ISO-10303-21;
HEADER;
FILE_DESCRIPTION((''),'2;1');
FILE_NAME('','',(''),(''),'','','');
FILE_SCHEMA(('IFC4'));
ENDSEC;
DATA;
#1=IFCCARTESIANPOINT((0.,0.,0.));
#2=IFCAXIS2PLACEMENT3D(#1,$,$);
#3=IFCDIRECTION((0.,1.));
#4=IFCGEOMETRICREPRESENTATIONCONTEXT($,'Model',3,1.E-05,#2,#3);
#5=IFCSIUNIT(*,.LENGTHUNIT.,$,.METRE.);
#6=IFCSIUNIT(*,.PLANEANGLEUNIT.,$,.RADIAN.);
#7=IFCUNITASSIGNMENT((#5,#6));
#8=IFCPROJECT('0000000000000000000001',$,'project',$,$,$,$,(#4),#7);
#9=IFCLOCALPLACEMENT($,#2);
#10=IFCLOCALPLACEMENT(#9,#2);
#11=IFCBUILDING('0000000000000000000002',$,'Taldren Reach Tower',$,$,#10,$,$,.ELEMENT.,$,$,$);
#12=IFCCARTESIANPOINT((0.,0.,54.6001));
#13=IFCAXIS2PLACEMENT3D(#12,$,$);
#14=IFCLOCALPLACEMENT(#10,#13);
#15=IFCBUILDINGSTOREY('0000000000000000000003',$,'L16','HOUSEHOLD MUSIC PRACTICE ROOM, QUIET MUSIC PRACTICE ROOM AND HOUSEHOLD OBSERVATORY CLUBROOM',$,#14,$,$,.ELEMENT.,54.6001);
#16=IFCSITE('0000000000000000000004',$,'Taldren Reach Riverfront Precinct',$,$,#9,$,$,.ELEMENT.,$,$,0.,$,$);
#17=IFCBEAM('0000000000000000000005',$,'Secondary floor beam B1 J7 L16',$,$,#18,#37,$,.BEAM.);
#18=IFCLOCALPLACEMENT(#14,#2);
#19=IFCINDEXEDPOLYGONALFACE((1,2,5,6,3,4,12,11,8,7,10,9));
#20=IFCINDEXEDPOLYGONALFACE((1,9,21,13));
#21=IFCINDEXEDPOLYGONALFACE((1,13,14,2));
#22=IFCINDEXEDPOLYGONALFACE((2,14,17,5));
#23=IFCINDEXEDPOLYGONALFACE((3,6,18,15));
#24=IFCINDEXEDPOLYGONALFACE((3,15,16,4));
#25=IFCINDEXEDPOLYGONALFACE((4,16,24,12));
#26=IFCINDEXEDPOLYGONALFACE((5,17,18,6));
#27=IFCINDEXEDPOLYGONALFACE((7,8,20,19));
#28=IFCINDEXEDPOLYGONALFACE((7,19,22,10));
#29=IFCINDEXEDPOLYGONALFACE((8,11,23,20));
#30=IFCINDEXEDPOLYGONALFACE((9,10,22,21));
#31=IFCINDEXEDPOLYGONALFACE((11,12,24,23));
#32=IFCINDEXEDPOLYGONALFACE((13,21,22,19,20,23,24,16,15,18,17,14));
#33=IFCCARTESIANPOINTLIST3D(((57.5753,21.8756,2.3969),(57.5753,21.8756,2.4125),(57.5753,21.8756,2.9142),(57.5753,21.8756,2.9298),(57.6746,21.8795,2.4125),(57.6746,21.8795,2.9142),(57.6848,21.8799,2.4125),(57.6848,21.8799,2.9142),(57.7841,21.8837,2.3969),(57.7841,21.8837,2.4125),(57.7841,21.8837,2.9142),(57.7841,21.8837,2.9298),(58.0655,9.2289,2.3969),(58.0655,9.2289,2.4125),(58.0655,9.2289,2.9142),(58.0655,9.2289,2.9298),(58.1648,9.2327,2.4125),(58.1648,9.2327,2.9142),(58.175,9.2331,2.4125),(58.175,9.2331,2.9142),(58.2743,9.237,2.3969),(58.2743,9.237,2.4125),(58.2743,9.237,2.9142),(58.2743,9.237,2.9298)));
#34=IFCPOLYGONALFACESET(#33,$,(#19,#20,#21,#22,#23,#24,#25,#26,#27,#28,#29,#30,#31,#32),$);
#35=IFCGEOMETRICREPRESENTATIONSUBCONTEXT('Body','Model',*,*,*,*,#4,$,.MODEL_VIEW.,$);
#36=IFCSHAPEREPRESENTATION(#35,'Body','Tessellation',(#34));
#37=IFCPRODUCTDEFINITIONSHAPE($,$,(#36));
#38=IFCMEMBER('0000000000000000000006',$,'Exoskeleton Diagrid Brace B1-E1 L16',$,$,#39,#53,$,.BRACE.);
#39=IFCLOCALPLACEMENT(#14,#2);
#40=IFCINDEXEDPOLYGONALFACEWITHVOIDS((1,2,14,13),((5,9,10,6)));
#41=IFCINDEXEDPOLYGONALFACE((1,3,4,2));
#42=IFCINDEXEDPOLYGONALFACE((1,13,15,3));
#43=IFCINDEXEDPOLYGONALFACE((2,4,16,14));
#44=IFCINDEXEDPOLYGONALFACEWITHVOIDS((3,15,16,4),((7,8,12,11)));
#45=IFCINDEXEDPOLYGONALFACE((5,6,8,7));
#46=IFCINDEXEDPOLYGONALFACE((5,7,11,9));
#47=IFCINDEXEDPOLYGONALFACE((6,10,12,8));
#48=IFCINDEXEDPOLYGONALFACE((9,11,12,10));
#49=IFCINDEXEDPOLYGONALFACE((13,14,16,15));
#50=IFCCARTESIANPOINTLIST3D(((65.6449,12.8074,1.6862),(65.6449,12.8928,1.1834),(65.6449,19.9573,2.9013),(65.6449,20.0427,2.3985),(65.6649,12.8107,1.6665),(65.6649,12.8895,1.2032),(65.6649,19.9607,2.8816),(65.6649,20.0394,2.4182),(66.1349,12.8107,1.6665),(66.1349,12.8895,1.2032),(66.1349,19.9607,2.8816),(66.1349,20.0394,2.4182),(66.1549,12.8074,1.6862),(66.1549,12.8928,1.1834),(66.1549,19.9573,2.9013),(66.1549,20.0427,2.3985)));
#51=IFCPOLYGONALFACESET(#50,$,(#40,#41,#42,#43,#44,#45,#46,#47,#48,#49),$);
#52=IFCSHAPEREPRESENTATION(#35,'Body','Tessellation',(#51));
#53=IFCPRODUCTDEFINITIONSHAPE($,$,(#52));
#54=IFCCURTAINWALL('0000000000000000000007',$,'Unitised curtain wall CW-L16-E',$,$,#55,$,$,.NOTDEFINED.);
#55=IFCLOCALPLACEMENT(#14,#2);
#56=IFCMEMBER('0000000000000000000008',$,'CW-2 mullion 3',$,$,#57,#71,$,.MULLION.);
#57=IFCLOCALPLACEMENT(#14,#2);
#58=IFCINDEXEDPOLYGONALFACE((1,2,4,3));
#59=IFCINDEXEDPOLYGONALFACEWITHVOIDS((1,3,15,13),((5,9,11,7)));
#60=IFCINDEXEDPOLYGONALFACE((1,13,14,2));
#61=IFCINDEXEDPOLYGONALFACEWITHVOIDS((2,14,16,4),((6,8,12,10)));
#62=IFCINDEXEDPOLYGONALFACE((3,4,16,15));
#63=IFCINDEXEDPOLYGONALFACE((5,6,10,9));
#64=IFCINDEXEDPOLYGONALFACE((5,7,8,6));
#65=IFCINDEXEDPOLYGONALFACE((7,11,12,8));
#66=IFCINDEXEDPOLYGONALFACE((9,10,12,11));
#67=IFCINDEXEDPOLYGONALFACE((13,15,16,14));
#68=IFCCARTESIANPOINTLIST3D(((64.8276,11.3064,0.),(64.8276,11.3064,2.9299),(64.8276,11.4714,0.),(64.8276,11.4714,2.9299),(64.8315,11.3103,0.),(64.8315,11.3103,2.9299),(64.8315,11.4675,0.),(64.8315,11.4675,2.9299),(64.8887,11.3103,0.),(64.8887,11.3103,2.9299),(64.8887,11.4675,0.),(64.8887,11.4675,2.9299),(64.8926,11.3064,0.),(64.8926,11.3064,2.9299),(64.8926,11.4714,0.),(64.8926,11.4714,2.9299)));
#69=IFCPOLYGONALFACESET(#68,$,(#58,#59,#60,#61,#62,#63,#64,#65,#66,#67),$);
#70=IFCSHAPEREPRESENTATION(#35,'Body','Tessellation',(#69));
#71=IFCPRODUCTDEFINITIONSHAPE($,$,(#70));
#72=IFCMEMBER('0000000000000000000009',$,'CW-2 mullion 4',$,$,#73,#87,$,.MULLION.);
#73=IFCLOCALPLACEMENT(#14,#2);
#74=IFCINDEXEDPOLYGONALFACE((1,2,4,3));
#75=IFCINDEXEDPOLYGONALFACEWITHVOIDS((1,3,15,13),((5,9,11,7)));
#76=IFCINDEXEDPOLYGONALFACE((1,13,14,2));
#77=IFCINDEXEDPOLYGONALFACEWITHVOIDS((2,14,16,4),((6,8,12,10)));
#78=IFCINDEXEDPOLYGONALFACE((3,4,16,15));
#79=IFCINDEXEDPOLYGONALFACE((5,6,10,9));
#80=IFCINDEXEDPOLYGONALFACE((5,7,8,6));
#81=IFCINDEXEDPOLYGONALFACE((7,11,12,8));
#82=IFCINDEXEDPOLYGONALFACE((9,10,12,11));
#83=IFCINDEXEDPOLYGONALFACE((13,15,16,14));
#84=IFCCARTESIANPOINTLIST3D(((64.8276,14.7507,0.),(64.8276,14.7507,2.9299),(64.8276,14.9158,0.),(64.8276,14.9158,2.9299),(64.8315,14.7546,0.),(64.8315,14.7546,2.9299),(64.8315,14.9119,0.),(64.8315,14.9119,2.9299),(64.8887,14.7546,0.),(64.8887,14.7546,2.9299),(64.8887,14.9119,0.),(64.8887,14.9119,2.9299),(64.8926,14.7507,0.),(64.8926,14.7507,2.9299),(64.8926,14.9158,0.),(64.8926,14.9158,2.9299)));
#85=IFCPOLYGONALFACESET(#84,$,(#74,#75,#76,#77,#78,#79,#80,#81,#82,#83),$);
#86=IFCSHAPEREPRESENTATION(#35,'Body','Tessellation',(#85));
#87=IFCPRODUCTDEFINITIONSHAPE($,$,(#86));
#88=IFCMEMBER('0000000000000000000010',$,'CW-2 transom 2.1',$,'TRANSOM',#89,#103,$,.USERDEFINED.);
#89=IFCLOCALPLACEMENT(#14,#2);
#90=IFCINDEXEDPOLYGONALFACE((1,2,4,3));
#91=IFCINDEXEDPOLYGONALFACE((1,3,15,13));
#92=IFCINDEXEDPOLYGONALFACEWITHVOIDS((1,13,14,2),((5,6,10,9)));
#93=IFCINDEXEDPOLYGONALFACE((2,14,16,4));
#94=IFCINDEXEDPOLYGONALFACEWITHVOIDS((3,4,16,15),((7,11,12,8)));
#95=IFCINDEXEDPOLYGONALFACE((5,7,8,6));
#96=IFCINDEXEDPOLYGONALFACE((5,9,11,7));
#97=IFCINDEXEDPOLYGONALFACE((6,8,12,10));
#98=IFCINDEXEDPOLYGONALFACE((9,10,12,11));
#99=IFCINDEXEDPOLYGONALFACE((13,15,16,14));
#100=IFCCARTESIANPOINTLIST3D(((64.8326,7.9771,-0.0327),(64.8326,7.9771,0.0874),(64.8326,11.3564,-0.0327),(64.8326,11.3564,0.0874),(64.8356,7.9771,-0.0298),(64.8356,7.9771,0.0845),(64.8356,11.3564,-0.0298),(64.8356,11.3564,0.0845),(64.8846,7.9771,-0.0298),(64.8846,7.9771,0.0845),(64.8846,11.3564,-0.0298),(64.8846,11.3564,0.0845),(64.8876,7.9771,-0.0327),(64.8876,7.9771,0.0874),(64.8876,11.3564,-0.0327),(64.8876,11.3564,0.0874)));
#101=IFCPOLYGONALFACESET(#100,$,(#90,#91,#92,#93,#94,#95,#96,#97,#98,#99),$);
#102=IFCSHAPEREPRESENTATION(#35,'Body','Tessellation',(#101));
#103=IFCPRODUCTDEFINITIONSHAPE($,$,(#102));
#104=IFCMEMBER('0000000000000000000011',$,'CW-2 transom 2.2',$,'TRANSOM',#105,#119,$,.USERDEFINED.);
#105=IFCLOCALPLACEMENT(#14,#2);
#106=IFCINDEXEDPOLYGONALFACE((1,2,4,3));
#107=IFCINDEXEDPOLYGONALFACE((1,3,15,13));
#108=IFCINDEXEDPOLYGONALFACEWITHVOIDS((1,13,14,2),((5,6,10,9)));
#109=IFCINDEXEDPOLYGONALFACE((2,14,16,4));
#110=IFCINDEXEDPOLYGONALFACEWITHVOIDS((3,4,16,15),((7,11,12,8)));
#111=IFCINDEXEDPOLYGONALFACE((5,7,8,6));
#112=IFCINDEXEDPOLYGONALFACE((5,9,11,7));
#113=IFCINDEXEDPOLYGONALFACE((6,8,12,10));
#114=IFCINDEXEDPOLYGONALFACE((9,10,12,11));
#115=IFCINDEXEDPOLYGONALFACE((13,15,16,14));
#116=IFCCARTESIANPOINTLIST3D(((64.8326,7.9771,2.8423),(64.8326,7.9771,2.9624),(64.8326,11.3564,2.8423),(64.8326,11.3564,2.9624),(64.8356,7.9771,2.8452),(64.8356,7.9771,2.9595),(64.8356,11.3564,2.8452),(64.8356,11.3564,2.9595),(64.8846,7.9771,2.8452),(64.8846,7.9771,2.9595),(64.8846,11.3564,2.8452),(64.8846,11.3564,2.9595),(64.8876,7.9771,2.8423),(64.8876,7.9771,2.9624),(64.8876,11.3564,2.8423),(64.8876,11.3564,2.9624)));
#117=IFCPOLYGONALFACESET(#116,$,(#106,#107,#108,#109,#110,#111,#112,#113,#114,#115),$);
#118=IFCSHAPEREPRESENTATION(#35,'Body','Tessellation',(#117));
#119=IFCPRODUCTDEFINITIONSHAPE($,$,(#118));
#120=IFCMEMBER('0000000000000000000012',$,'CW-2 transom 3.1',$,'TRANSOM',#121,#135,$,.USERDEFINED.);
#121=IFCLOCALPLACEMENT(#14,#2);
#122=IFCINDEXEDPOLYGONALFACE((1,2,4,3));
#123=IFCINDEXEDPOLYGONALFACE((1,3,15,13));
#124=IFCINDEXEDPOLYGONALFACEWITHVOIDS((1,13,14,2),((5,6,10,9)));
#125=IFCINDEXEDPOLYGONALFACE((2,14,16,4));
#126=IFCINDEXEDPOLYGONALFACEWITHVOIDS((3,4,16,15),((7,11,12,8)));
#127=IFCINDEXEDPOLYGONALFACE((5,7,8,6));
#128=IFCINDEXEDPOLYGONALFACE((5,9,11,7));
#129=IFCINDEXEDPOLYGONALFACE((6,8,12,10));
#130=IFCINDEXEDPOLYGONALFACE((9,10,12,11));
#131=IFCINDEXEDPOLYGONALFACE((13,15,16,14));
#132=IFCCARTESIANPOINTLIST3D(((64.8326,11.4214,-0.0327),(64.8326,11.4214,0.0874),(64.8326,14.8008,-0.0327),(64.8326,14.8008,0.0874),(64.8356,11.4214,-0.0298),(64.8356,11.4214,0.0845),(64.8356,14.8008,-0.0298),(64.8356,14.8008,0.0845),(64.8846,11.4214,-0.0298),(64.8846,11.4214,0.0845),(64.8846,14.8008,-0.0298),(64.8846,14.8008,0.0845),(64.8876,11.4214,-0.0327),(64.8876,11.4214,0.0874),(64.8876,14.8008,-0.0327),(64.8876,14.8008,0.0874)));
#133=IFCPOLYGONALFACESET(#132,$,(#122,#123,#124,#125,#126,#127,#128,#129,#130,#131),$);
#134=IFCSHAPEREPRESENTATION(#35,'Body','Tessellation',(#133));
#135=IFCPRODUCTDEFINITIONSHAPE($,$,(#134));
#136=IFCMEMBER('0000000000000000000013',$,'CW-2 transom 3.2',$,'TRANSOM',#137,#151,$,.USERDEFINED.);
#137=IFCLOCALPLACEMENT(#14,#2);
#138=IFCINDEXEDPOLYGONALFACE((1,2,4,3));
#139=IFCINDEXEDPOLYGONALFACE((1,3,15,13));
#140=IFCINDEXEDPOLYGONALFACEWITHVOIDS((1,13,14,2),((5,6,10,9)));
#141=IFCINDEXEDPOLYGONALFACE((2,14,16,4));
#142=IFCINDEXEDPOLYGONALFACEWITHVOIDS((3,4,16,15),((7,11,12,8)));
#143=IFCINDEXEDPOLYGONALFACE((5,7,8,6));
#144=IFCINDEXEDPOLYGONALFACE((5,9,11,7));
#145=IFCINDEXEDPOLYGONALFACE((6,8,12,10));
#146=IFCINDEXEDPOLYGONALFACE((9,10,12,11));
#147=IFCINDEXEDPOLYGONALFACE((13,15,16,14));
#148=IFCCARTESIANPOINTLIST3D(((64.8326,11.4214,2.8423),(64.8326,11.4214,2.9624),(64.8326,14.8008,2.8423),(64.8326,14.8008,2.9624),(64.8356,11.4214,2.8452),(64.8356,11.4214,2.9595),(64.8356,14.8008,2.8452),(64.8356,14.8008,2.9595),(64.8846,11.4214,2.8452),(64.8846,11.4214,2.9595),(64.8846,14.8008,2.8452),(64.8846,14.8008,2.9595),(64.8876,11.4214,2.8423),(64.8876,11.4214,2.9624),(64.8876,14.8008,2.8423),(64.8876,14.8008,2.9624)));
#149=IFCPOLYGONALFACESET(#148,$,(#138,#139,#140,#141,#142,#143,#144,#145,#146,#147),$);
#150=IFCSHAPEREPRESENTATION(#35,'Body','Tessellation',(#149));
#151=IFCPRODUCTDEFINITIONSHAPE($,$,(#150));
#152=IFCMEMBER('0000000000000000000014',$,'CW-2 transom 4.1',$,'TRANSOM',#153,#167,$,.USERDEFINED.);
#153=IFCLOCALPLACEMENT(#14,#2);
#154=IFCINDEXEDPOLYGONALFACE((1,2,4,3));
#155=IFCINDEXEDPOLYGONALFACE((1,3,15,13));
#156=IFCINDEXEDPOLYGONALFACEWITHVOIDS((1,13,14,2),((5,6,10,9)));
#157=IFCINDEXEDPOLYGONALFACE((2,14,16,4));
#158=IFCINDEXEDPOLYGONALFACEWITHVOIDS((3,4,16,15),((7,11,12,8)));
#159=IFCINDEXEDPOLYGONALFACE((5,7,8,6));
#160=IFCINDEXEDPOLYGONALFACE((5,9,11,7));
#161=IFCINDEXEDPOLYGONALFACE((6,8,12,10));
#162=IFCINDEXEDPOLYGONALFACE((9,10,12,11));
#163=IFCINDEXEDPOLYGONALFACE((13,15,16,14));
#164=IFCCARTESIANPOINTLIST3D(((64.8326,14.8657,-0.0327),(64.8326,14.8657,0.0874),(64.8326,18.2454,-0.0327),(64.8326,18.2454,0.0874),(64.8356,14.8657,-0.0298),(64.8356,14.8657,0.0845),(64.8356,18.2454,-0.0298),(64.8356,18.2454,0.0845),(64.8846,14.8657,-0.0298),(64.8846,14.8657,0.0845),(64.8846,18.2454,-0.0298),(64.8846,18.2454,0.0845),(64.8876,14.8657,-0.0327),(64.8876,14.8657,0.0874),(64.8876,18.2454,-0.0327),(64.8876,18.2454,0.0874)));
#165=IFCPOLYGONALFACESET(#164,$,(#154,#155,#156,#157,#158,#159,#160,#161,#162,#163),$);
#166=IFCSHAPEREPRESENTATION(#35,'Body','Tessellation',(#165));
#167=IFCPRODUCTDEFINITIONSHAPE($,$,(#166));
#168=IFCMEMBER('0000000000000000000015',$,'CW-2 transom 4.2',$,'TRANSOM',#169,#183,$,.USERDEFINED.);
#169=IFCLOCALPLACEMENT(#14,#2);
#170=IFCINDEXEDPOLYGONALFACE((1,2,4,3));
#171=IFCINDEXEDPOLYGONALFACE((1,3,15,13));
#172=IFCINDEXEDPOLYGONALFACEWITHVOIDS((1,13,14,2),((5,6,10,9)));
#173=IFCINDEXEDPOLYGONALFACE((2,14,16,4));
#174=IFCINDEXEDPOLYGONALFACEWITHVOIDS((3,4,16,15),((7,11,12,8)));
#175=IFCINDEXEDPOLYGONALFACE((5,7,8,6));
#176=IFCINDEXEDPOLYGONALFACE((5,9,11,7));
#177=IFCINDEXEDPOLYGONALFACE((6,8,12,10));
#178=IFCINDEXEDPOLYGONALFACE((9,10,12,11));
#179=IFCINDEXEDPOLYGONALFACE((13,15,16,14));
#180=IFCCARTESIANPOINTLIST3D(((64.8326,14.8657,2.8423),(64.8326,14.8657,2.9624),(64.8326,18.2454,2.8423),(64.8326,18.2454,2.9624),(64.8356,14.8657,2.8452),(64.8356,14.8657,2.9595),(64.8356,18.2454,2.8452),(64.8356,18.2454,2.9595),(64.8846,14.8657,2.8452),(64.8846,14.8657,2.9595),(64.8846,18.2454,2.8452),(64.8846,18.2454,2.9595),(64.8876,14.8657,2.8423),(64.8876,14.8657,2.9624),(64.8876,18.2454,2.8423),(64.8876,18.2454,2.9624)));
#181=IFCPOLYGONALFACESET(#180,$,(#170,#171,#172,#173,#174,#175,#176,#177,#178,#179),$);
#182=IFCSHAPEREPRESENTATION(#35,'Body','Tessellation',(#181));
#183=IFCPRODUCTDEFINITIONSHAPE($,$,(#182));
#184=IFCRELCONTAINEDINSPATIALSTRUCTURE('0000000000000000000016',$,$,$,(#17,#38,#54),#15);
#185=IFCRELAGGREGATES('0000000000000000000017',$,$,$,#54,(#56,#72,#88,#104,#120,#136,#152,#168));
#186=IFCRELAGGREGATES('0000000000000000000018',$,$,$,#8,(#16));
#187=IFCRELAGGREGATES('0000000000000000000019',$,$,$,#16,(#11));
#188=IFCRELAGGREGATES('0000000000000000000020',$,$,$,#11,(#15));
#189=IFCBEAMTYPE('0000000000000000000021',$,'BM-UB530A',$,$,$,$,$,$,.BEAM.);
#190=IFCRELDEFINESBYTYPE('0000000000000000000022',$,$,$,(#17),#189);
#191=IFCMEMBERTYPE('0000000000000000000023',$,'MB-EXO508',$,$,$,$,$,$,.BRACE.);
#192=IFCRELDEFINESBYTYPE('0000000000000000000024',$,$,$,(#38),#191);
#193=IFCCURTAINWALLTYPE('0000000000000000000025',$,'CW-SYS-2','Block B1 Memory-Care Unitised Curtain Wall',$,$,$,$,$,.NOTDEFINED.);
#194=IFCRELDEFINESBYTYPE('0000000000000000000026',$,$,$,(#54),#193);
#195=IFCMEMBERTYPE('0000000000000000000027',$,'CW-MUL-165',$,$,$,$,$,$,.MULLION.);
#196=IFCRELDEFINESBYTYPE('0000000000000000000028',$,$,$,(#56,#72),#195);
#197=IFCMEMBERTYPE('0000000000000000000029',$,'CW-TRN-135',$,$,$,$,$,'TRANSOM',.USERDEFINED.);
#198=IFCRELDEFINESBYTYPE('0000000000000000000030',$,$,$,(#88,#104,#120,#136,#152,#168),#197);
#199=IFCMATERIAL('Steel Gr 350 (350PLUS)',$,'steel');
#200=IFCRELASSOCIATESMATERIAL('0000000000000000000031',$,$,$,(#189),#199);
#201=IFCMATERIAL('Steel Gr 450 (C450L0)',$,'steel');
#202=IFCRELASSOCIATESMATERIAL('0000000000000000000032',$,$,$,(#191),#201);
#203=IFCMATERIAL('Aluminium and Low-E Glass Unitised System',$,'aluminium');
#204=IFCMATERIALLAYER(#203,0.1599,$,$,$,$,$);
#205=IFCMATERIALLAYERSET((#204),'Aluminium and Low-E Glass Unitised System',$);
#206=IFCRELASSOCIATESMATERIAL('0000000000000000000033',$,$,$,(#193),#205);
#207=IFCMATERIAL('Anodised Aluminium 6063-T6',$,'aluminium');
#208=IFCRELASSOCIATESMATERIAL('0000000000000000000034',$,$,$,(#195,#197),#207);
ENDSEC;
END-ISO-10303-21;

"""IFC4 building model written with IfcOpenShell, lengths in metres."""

from ifc_helpers import new_model, si_unit, direction, frame, origin, origin_2d, place, context, subcontext, project, spatial, hollow_rectangle, i_section, extrude, source, transform, mapped, material, layer, layer_set, material_profile, profile_set, type_object, element, aggregate, save


model = new_model("IFC4")

# Units and contexts
model_context = context("Model", 3, precision=1e-05, world=origin(), true_north=direction((0.0, 1.0)))
body_context = subcontext(model_context, "Body", "Model", "MODEL_VIEW")
ifc_project = project(units=[si_unit("LENGTHUNIT", "METRE"), si_unit("PLANEANGLEUNIT", "RADIAN")], contexts=[model_context])

# Site, building, storey
site_placement = place(None, origin())
site = spatial("IfcSite", under=ifc_project, at=site_placement, Name="Taldren Reach Riverfront Precinct", CompositionType="ELEMENT", RefElevation=0.0)
building_placement = place(site_placement, origin())
building = spatial("IfcBuilding", under=site, at=building_placement, Name="Taldren Reach Tower", CompositionType="ELEMENT")
storey_placement = place(building_placement, frame((0.0, 0.0, 54.6001)))
storey = spatial("IfcBuildingStorey", under=building, at=storey_placement, Name="L16", Description="HOUSEHOLD MUSIC PRACTICE ROOM, QUIET MUSIC PRACTICE ROOM AND HOUSEHOLD OBSERVATORY CLUBROOM", CompositionType="ELEMENT", Elevation=54.6001)

# Beam
ifc_material_1 = material(Name="Steel Gr 350 (350PLUS)", Category="steel")
ifc_material_profile_1 = material_profile(ifc_material_1, i_section(OverallWidth=0.209, OverallDepth=0.533, WebThickness=0.0103, FlangeThickness=0.0156, at=origin_2d()), Name="530UB92.4")
ifc_profile_set_1 = profile_set([ifc_material_profile_1], Name="Steel Gr 350 (350PLUS)")
beam_type = type_object("IfcBeamType", Name="BM-UB530A", PredefinedType="BEAM", material=ifc_profile_set_1)
shared_shape_1 = source(origin(), body_context, "Body", "SweptSolid", [
    extrude(i_section(OverallWidth=0.209, OverallDepth=0.533, WebThickness=0.0103, FlangeThickness=0.0156, at=origin_2d()), origin(), (0.0, 0.0, 1.0), 12.6562),
])
beam_placement = place(storey_placement, frame((58.1699, 9.2329, 2.6633), z_axis=(-0.038735, 0.99925, 0.0), x_axis=(-0.99925, -0.038735, 0.0)))
element("IfcBeam", 1, at=beam_placement, inside=storey, type_object=beam_type, Name="Secondary floor beam B1 J7 L16", PredefinedType="BEAM", context=body_context, shape_type="MappedRepresentation", body=[
    mapped(shared_shape_1, transform((0.0, 0.0, 0.0), scale=1.0)),
])

# Member
ifc_material_2 = material(Name="Steel Gr 450 (C450L0)", Category="steel")
ifc_material_profile_2 = material_profile(ifc_material_2, hollow_rectangle(XDim=0.51, YDim=0.51, WallThickness=0.02, at=origin_2d()), Name="510x510x20.0SHS")
ifc_profile_set_2 = profile_set([ifc_material_profile_2], Name="Steel Gr 450 (C450L0)")
member_type_1 = type_object("IfcMemberType", Name="MB-EXO508", PredefinedType="BRACE", material=ifc_profile_set_2)
shared_shape_2 = source(origin(), body_context, "Body", "SweptSolid", [
    extrude(hollow_rectangle(XDim=0.51, YDim=0.51, WallThickness=0.02, at=origin_2d()), origin(), (0.0, 0.0, 1.0), 7.2524),
])
member_1_placement = place(storey_placement, frame((65.8999, 12.8501, 1.4348), z_axis=(0.0, 0.985865, 0.167542), x_axis=(-1.0, 0.0, 0.0)))
element("IfcMember", 2, at=member_1_placement, inside=storey, type_object=member_type_1, Name="Exoskeleton Diagrid Brace B1-E1 L16", PredefinedType="BRACE", context=body_context, shape_type="MappedRepresentation", body=[
    mapped(shared_shape_2, transform((0.0, 0.0, 0.0), scale=1.0)),
])

# Curtain wall, members
ifc_material_3 = material(Name="Aluminium and Low-E Glass Unitised System", Category="aluminium")
ifc_layer_1 = layer(ifc_material_3, 0.1599)
ifc_layer_set_1 = layer_set([ifc_layer_1], Name="Aluminium and Low-E Glass Unitised System")
curtain_wall_type = type_object("IfcCurtainWallType", Name="CW-SYS-2", Description="Block B1 Memory-Care Unitised Curtain Wall", PredefinedType="NOTDEFINED", material=ifc_layer_set_1)
curtain_wall_placement = place(storey_placement, origin())
curtain_wall = element("IfcCurtainWall", 3, at=curtain_wall_placement, inside=storey, type_object=curtain_wall_type, Name="Unitised curtain wall CW-L16-E", PredefinedType="NOTDEFINED")
ifc_material_4 = material(Name="Anodised Aluminium 6063-T6", Category="aluminium")
ifc_material_profile_3 = material_profile(ifc_material_4, hollow_rectangle(XDim=0.0649, YDim=0.165, WallThickness=0.0039, at=origin_2d()), Name="ALU-165x65x4RHS")
ifc_profile_set_3 = profile_set([ifc_material_profile_3], Name="Anodised Aluminium 6063-T6")
member_type_2 = type_object("IfcMemberType", Name="CW-MUL-165", PredefinedType="MULLION", material=ifc_profile_set_3)
shared_shape_3 = source(origin(), body_context, "Body", "SweptSolid", [
    extrude(hollow_rectangle(XDim=0.0649, YDim=0.165, WallThickness=0.0039, at=origin_2d()), origin(), (0.0, 0.0, 1.0), 2.9299),
])
member_2_placement = place(storey_placement, frame((64.8601, 11.3889, 0.0), z_axis=(0.0, 0.0, 1.0), x_axis=(-1.0, 0.0, 0.0)))
member_2 = element("IfcMember", 4, at=member_2_placement, type_object=member_type_2, Name="CW-2 mullion 3", PredefinedType="MULLION", context=body_context, shape_type="MappedRepresentation", body=[
    mapped(shared_shape_3, transform((0.0, 0.0, 0.0), scale=1.0)),
])
member_3_placement = place(storey_placement, frame((64.8601, 14.8333, 0.0), z_axis=(0.0, 0.0, 1.0), x_axis=(-1.0, 0.0, 0.0)))
member_3 = element("IfcMember", 5, at=member_3_placement, type_object=member_type_2, Name="CW-2 mullion 4", PredefinedType="MULLION", context=body_context, shape_type="MappedRepresentation", body=[
    mapped(shared_shape_3, transform((0.0, 0.0, 0.0), scale=1.0)),
])
ifc_material_profile_4 = material_profile(ifc_material_4, hollow_rectangle(XDim=0.0549, YDim=0.1201, WallThickness=0.0029, at=origin_2d()), Name="ALU-120x55x3RHS")
ifc_profile_set_4 = profile_set([ifc_material_profile_4], Name="Anodised Aluminium 6063-T6")
member_type_3 = type_object("IfcMemberType", Name="CW-TRN-135", ElementType="TRANSOM", PredefinedType="USERDEFINED", material=ifc_profile_set_4)
shared_shape_4 = source(origin(), body_context, "Body", "SweptSolid", [
    extrude(hollow_rectangle(XDim=0.0549, YDim=0.1201, WallThickness=0.0029, at=origin_2d()), origin(), (0.0, 0.0, 1.0), 3.3794),
])
member_4_placement = place(storey_placement, frame((64.8601, 7.9771, 0.0273), z_axis=(0.0, 1.0, 0.0), x_axis=(-1.0, 0.0, 0.0)))
member_4 = element("IfcMember", 6, at=member_4_placement, type_object=member_type_3, Name="CW-2 transom 2.1", ObjectType="TRANSOM", PredefinedType="USERDEFINED", context=body_context, shape_type="MappedRepresentation", body=[
    mapped(shared_shape_4, transform((0.0, 0.0, 0.0), scale=1.0)),
])
member_5_placement = place(storey_placement, frame((64.8601, 7.9771, 2.9023), z_axis=(0.0, 1.0, 0.0), x_axis=(-1.0, 0.0, 0.0)))
member_5 = element("IfcMember", 7, at=member_5_placement, type_object=member_type_3, Name="CW-2 transom 2.2", ObjectType="TRANSOM", PredefinedType="USERDEFINED", context=body_context, shape_type="MappedRepresentation", body=[
    mapped(shared_shape_4, transform((0.0, 0.0, 0.0), scale=1.0)),
])
member_6_placement = place(storey_placement, frame((64.8601, 11.4214, 0.0273), z_axis=(0.0, 1.0, 0.0), x_axis=(-1.0, 0.0, 0.0)))
member_6 = element("IfcMember", 8, at=member_6_placement, type_object=member_type_3, Name="CW-2 transom 3.1", ObjectType="TRANSOM", PredefinedType="USERDEFINED", context=body_context, shape_type="MappedRepresentation", body=[
    mapped(shared_shape_4, transform((0.0, 0.0, 0.0), scale=1.0)),
])
member_7_placement = place(storey_placement, frame((64.8601, 11.4214, 2.9023), z_axis=(0.0, 1.0, 0.0), x_axis=(-1.0, 0.0, 0.0)))
member_7 = element("IfcMember", 9, at=member_7_placement, type_object=member_type_3, Name="CW-2 transom 3.2", ObjectType="TRANSOM", PredefinedType="USERDEFINED", context=body_context, shape_type="MappedRepresentation", body=[
    mapped(shared_shape_4, transform((0.0, 0.0, 0.0), scale=1.0)),
])
shared_shape_5 = source(origin(), body_context, "Body", "SweptSolid", [
    extrude(hollow_rectangle(XDim=0.0549, YDim=0.1201, WallThickness=0.0029, at=origin_2d()), origin(), (0.0, 0.0, 1.0), 3.3796),
])
member_8_placement = place(storey_placement, frame((64.8601, 14.8657, 0.0273), z_axis=(0.0, 1.0, 0.0), x_axis=(-1.0, 0.0, 0.0)))
member_8 = element("IfcMember", 10, at=member_8_placement, type_object=member_type_3, Name="CW-2 transom 4.1", ObjectType="TRANSOM", PredefinedType="USERDEFINED", context=body_context, shape_type="MappedRepresentation", body=[
    mapped(shared_shape_5, transform((0.0, 0.0, 0.0), scale=1.0)),
])
member_9_placement = place(storey_placement, frame((64.8601, 14.8657, 2.9023), z_axis=(0.0, 1.0, 0.0), x_axis=(-1.0, 0.0, 0.0)))
member_9 = element("IfcMember", 11, at=member_9_placement, type_object=member_type_3, Name="CW-2 transom 4.2", ObjectType="TRANSOM", PredefinedType="USERDEFINED", context=body_context, shape_type="MappedRepresentation", body=[
    mapped(shared_shape_5, transform((0.0, 0.0, 0.0), scale=1.0)),
])
aggregate(curtain_wall, [member_2, member_3, member_4, member_5, member_6, member_7, member_8, member_9])

save(model, "model.ifc")
